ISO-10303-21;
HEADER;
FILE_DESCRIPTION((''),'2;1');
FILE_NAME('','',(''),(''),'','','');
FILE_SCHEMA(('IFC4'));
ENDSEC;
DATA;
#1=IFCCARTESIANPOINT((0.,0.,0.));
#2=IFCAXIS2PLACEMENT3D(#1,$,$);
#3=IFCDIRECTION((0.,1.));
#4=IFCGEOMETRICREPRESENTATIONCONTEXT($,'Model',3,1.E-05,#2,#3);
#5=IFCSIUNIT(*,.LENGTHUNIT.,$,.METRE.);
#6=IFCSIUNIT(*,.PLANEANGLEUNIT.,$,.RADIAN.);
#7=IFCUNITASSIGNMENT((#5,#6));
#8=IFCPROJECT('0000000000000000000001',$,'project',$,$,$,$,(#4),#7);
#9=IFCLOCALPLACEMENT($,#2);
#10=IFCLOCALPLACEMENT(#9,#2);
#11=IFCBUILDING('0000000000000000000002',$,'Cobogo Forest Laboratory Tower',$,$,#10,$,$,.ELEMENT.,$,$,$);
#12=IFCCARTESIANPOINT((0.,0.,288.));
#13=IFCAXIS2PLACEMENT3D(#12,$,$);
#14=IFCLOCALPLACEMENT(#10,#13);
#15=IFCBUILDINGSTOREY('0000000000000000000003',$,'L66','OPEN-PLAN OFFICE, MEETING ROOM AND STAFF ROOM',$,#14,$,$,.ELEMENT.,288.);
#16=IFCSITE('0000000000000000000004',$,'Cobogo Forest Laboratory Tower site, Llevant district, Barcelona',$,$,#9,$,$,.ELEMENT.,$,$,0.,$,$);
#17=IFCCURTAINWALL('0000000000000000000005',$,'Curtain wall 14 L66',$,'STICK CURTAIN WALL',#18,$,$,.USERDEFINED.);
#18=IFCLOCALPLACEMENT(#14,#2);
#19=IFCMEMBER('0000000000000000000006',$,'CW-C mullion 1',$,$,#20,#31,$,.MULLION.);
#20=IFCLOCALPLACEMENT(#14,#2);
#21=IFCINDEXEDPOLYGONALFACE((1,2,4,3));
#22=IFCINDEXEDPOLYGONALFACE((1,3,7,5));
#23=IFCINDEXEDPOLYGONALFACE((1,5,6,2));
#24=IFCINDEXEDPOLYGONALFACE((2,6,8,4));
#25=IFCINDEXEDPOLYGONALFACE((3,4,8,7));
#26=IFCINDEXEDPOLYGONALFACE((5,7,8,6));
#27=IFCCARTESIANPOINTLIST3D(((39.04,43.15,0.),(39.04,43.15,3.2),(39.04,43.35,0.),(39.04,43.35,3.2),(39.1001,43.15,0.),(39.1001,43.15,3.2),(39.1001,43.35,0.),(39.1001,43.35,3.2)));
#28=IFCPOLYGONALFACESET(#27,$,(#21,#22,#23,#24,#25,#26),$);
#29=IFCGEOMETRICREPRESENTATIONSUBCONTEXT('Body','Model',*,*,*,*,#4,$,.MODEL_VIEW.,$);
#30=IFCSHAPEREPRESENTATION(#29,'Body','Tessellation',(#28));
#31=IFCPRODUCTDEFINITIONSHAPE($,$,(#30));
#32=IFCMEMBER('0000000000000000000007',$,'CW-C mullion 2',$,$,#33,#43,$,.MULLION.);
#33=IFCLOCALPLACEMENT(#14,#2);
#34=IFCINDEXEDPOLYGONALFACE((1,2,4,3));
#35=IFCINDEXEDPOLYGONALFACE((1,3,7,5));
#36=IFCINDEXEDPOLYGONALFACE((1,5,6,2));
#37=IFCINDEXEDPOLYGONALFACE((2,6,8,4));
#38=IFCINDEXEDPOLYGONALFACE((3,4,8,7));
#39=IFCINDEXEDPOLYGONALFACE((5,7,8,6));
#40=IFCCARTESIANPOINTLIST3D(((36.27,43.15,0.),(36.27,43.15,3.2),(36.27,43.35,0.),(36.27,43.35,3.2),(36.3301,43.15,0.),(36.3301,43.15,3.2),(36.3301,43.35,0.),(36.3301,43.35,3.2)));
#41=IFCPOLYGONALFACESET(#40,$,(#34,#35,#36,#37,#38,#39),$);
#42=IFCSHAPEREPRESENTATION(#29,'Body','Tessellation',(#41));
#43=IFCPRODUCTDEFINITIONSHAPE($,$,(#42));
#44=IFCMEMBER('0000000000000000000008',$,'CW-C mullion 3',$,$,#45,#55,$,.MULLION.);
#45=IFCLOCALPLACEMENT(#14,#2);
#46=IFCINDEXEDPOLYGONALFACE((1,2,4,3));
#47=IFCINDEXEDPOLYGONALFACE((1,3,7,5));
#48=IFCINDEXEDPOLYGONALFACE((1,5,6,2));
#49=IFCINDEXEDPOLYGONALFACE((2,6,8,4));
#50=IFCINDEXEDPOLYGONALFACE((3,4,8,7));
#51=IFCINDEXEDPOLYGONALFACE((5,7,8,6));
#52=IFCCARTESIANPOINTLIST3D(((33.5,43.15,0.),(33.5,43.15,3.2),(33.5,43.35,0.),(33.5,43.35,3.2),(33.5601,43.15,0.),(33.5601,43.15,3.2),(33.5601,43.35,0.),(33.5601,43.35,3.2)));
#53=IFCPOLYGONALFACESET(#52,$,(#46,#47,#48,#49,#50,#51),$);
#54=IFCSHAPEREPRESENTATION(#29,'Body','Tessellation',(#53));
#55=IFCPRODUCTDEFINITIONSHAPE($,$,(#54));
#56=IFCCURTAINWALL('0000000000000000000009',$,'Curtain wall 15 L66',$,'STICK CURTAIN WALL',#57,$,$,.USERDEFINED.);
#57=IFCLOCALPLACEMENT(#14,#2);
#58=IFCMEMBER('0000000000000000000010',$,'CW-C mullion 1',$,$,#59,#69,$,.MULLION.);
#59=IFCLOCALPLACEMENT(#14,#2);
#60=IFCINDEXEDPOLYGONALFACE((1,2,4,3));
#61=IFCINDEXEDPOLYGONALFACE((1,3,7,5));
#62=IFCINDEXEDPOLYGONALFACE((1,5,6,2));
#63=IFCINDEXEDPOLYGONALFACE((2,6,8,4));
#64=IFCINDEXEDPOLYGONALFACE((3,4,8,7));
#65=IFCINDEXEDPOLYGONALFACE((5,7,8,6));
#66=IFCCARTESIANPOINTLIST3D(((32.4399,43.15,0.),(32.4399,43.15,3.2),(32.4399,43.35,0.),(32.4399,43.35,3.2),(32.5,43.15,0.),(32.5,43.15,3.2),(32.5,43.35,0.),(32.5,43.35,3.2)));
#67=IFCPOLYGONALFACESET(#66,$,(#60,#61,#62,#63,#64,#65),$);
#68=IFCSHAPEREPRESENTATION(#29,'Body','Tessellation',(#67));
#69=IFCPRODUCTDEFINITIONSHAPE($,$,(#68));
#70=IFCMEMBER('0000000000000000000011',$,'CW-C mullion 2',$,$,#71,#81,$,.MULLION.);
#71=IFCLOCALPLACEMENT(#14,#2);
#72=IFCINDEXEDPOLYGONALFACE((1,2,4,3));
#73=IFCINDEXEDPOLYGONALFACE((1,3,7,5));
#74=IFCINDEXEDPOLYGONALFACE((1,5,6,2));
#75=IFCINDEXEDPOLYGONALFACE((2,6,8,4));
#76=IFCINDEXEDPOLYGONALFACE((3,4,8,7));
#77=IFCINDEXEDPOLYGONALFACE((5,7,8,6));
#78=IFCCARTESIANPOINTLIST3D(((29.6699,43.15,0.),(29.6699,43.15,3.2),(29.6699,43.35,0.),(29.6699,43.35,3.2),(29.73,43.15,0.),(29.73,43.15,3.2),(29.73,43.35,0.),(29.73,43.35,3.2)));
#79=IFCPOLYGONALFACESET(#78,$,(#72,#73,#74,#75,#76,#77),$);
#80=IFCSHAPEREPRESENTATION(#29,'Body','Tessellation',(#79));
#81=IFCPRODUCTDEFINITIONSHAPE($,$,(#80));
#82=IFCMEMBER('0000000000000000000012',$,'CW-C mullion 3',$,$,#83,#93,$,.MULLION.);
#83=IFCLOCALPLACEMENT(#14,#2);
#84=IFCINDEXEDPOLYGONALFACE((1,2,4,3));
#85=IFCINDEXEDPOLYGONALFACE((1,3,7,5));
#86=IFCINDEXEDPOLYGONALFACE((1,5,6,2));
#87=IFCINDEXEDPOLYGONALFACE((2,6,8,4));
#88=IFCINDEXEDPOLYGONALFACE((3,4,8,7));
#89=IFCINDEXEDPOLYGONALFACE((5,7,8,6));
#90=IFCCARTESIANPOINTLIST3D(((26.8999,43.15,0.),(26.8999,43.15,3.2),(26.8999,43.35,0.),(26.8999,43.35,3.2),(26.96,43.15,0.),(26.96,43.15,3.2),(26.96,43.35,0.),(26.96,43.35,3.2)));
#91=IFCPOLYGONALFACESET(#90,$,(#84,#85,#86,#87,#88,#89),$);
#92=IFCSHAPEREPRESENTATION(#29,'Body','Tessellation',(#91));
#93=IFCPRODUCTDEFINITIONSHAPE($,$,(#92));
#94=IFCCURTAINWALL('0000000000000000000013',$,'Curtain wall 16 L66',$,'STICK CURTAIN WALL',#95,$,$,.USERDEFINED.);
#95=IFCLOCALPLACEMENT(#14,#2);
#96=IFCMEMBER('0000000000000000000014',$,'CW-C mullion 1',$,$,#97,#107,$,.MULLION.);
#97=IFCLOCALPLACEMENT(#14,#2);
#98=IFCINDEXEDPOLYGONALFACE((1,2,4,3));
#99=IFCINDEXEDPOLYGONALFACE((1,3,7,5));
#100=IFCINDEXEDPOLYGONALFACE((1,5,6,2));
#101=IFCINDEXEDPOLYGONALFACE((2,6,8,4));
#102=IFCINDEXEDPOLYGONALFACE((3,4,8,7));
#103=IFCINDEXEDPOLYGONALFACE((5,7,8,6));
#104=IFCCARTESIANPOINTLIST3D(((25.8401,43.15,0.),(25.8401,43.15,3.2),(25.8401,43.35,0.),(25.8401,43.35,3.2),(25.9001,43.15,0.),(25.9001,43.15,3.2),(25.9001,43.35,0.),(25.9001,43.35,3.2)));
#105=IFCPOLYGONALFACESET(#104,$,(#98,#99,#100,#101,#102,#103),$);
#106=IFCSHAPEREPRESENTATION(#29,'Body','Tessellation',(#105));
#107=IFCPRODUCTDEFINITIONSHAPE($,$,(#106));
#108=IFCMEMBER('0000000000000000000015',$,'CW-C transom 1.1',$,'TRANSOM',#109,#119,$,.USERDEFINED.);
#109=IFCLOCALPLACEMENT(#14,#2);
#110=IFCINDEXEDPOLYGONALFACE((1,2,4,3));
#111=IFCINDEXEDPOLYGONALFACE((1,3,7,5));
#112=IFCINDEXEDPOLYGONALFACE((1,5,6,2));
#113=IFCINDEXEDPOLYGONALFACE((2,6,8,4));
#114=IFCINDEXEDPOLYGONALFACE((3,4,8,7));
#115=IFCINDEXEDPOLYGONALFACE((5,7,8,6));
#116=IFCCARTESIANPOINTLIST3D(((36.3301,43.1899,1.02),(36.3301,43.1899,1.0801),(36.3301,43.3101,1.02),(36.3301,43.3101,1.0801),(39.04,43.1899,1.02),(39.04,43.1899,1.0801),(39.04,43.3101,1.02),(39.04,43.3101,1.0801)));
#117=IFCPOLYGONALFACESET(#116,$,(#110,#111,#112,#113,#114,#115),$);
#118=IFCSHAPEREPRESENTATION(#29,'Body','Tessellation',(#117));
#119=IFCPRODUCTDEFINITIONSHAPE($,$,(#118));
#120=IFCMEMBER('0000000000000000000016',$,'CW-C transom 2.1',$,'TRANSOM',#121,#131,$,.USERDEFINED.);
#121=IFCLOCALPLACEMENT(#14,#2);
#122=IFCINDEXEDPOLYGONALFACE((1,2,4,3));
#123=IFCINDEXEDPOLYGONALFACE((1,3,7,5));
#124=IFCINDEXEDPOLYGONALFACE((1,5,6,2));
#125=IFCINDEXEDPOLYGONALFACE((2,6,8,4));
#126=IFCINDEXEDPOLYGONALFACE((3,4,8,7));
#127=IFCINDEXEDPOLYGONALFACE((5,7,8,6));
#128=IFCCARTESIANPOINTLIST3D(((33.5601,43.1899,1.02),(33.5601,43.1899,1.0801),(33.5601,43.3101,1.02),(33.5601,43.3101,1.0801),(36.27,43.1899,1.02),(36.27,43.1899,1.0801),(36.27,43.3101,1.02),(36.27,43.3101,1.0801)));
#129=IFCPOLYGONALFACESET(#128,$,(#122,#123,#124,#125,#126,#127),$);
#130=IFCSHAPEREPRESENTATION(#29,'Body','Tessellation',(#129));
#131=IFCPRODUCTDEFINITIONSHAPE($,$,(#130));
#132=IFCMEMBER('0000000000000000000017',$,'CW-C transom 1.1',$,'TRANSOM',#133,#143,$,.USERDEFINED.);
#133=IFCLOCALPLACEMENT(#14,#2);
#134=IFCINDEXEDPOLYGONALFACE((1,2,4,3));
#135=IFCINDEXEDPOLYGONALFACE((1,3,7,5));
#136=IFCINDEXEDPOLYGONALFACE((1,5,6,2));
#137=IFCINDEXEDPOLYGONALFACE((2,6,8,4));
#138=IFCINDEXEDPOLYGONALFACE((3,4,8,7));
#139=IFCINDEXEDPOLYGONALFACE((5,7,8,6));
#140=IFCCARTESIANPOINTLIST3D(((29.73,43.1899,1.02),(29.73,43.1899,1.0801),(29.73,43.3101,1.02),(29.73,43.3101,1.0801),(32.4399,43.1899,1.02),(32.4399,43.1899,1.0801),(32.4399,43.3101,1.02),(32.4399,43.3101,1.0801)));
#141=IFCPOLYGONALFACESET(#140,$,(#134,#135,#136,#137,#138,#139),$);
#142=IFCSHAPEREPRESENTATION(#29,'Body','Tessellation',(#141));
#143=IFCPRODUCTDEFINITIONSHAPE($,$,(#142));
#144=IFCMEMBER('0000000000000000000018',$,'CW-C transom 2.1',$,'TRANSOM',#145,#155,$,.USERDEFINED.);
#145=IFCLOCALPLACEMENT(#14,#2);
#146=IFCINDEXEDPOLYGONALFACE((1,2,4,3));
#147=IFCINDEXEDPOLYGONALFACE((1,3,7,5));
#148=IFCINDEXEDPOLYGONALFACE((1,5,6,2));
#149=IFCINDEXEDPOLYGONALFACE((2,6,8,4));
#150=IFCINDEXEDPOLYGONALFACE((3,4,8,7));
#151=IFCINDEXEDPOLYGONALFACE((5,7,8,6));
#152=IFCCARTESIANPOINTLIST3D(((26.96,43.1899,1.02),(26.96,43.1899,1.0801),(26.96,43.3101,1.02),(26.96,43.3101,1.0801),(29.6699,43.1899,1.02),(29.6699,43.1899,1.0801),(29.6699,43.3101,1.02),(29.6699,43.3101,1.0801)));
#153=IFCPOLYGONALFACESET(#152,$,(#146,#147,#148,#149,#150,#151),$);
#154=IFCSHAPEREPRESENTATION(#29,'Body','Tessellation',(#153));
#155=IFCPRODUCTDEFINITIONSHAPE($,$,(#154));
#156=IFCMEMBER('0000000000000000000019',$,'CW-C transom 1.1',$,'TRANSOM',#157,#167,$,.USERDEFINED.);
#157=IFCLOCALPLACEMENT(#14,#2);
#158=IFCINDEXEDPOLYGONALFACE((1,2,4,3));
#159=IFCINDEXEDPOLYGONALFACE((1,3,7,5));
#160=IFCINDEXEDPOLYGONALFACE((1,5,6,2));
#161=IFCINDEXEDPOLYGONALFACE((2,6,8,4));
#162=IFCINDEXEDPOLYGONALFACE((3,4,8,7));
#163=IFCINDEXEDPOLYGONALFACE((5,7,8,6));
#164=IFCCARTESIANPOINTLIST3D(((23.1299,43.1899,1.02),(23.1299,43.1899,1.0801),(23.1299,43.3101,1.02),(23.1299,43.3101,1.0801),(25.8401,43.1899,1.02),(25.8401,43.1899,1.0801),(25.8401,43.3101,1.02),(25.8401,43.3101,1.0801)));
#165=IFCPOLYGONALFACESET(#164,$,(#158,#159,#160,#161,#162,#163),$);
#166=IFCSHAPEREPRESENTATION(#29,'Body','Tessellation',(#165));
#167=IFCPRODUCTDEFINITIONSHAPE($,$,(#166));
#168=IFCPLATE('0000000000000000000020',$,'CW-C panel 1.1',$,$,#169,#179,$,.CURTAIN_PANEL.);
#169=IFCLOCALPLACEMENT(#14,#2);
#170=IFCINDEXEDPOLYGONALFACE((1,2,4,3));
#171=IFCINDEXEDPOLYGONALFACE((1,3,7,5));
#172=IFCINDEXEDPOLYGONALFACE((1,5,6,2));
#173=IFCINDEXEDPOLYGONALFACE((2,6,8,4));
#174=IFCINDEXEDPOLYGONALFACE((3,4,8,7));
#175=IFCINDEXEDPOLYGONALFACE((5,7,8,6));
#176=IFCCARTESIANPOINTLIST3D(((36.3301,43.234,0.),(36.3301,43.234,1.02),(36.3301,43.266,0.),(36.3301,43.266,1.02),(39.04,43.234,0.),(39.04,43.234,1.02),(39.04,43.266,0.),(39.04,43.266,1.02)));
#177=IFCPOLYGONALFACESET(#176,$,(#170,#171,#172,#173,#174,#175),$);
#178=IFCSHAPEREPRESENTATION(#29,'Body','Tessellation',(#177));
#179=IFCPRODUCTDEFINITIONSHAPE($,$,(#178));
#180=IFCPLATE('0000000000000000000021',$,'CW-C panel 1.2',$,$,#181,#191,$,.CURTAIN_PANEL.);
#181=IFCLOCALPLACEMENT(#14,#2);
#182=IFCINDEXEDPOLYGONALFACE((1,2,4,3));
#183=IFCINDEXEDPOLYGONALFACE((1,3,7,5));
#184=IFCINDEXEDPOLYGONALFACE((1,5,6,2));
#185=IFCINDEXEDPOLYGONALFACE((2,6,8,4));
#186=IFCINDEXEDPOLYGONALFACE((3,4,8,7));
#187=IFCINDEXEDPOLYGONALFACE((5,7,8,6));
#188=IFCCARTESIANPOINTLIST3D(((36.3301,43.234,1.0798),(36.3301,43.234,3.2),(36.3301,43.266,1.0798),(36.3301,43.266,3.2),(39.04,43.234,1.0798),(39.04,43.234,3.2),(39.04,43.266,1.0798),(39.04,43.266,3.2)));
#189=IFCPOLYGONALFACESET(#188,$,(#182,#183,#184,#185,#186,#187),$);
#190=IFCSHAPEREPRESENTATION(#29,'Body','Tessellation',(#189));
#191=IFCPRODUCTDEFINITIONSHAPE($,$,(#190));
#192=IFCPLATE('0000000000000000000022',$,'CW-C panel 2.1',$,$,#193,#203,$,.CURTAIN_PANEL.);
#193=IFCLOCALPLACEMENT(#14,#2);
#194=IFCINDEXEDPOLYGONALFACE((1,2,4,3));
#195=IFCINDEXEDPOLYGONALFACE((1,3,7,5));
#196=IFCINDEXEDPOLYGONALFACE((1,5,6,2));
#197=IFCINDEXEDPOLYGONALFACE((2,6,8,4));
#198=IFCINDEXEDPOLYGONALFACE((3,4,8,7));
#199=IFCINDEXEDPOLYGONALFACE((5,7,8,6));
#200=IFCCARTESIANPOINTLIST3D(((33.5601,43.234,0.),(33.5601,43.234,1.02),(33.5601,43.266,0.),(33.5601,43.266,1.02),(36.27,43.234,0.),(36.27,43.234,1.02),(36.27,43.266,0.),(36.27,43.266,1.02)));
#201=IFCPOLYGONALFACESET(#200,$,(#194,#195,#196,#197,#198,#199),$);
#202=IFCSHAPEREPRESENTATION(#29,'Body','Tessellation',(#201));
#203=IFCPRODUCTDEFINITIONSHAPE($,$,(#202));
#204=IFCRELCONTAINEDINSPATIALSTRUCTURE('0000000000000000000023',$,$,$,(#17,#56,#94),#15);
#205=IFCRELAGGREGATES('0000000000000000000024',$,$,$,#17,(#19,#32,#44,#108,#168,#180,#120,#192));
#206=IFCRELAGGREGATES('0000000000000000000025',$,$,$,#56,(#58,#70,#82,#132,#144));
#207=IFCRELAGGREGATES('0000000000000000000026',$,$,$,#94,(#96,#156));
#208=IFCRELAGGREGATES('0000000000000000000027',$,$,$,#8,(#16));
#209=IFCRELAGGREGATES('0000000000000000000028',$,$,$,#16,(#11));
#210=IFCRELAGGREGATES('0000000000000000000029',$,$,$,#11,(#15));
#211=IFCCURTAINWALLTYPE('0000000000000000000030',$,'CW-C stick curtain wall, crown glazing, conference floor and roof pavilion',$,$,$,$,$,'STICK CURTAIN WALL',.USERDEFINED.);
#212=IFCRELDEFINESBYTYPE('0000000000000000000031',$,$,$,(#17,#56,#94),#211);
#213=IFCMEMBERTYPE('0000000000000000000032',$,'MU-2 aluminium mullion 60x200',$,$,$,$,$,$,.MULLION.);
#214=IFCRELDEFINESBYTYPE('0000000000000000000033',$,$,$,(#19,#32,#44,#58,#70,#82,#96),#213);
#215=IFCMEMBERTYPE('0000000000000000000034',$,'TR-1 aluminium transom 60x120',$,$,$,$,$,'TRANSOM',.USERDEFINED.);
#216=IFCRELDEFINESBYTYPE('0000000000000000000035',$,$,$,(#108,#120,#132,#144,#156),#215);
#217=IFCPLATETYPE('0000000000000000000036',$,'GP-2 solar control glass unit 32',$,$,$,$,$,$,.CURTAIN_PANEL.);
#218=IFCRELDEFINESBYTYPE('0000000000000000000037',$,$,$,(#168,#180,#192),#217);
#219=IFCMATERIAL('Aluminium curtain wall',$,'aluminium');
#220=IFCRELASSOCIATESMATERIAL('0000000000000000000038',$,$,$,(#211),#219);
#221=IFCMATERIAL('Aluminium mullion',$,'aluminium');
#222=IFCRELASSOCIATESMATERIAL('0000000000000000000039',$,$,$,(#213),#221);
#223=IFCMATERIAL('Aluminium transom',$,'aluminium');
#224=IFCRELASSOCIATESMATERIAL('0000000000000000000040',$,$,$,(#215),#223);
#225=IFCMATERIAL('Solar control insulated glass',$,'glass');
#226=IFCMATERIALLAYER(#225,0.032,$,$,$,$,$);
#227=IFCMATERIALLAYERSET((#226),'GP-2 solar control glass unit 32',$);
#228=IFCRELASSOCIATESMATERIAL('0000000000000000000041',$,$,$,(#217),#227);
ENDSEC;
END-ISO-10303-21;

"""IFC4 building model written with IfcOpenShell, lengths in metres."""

from ifc_helpers import new_model, si_unit, direction, frame, origin, origin_2d, place, context, subcontext, project, spatial, rectangle, extrude, material, layer, layer_set, material_profile, profile_set, type_object, element, aggregate, save


model = new_model("IFC4")

# Units and contexts
model_context = context("Model", 3, precision=1e-05, world=origin(), true_north=direction((0.0, 1.0)))
body_context = subcontext(model_context, "Body", "Model", "MODEL_VIEW")
ifc_project = project(units=[si_unit("LENGTHUNIT", "METRE"), si_unit("PLANEANGLEUNIT", "RADIAN")], contexts=[model_context])

# Site, building, storey
site_placement = place(None, origin())
site = spatial("IfcSite", under=ifc_project, at=site_placement, Name="Cobogo Forest Laboratory Tower site, Llevant district, Barcelona", CompositionType="ELEMENT", RefElevation=0.0)
building_placement = place(site_placement, origin())
building = spatial("IfcBuilding", under=site, at=building_placement, Name="Cobogo Forest Laboratory Tower", CompositionType="ELEMENT")
storey_placement = place(building_placement, frame((0.0, 0.0, 288.0)))
storey = spatial("IfcBuildingStorey", under=building, at=storey_placement, Name="L66", Description="OPEN-PLAN OFFICE, MEETING ROOM AND STAFF ROOM", CompositionType="ELEMENT", Elevation=288.0)

# Curtain walls, members
ifc_material_1 = material(Name="Aluminium curtain wall", Category="aluminium")
curtain_wall_type = type_object("IfcCurtainWallType", Name="CW-C stick curtain wall, crown glazing, conference floor and roof pavilion", ElementType="STICK CURTAIN WALL", PredefinedType="USERDEFINED", material=ifc_material_1)
curtain_wall_1_placement = place(storey_placement, origin())
curtain_wall_1 = element("IfcCurtainWall", 1, at=curtain_wall_1_placement, inside=storey, type_object=curtain_wall_type, Name="Curtain wall 14 L66", ObjectType="STICK CURTAIN WALL", PredefinedType="USERDEFINED")
ifc_material_2 = material(Name="Aluminium mullion", Category="aluminium")
ifc_material_profile_1 = material_profile(ifc_material_2, rectangle(XDim=0.0601, YDim=0.2, at=origin_2d()), Name="AL 60x200")
ifc_profile_set_1 = profile_set([ifc_material_profile_1], Name="Aluminium mullion")
member_type_1 = type_object("IfcMemberType", Name="MU-2 aluminium mullion 60x200", PredefinedType="MULLION", material=ifc_profile_set_1)
member_1_placement = place(storey_placement, frame((39.0701, 43.25, 0.0), z_axis=(0.0, 0.0, 1.0), x_axis=(-1.0, 0.0, 0.0)))
member_1 = element("IfcMember", 2, at=member_1_placement, type_object=member_type_1, Name="CW-C mullion 1", PredefinedType="MULLION", context=body_context, shape_type="SweptSolid", body=[
    extrude(rectangle(XDim=0.0601, YDim=0.2, at=origin_2d()), origin(), (0.0, 0.0, 1.0), 3.2),
])
member_2_placement = place(storey_placement, frame((36.3, 43.25, 0.0), z_axis=(0.0, 0.0, 1.0), x_axis=(-1.0, 0.0, 0.0)))
member_2 = element("IfcMember", 3, at=member_2_placement, type_object=member_type_1, Name="CW-C mullion 2", PredefinedType="MULLION", context=body_context, shape_type="SweptSolid", body=[
    extrude(rectangle(XDim=0.0601, YDim=0.2, at=origin_2d()), origin(), (0.0, 0.0, 1.0), 3.2),
])
member_3_placement = place(storey_placement, frame((33.53, 43.25, 0.0), z_axis=(0.0, 0.0, 1.0), x_axis=(-1.0, 0.0, 0.0)))
member_3 = element("IfcMember", 4, at=member_3_placement, type_object=member_type_1, Name="CW-C mullion 3", PredefinedType="MULLION", context=body_context, shape_type="SweptSolid", body=[
    extrude(rectangle(XDim=0.0601, YDim=0.2, at=origin_2d()), origin(), (0.0, 0.0, 1.0), 3.2),
])
curtain_wall_2_placement = place(storey_placement, origin())
curtain_wall_2 = element("IfcCurtainWall", 5, at=curtain_wall_2_placement, inside=storey, type_object=curtain_wall_type, Name="Curtain wall 15 L66", ObjectType="STICK CURTAIN WALL", PredefinedType="USERDEFINED")
member_4_placement = place(storey_placement, frame((32.47, 43.25, 0.0), z_axis=(0.0, 0.0, 1.0), x_axis=(-1.0, 0.0, 0.0)))
member_4 = element("IfcMember", 6, at=member_4_placement, type_object=member_type_1, Name="CW-C mullion 1", PredefinedType="MULLION", context=body_context, shape_type="SweptSolid", body=[
    extrude(rectangle(XDim=0.0601, YDim=0.2, at=origin_2d()), origin(), (0.0, 0.0, 1.0), 3.2),
])
member_5_placement = place(storey_placement, frame((29.7, 43.25, 0.0), z_axis=(0.0, 0.0, 1.0), x_axis=(-1.0, 0.0, 0.0)))
member_5 = element("IfcMember", 7, at=member_5_placement, type_object=member_type_1, Name="CW-C mullion 2", PredefinedType="MULLION", context=body_context, shape_type="SweptSolid", body=[
    extrude(rectangle(XDim=0.0601, YDim=0.2, at=origin_2d()), origin(), (0.0, 0.0, 1.0), 3.2),
])
member_6_placement = place(storey_placement, frame((26.9299, 43.25, 0.0), z_axis=(0.0, 0.0, 1.0), x_axis=(-1.0, 0.0, 0.0)))
member_6 = element("IfcMember", 8, at=member_6_placement, type_object=member_type_1, Name="CW-C mullion 3", PredefinedType="MULLION", context=body_context, shape_type="SweptSolid", body=[
    extrude(rectangle(XDim=0.0601, YDim=0.2, at=origin_2d()), origin(), (0.0, 0.0, 1.0), 3.2),
])

# Curtain wall, member
curtain_wall_3_placement = place(storey_placement, origin())
curtain_wall_3 = element("IfcCurtainWall", 9, at=curtain_wall_3_placement, inside=storey, type_object=curtain_wall_type, Name="Curtain wall 16 L66", ObjectType="STICK CURTAIN WALL", PredefinedType="USERDEFINED")
member_7_placement = place(storey_placement, frame((25.8701, 43.25, 0.0), z_axis=(0.0, 0.0, 1.0), x_axis=(-1.0, 0.0, 0.0)))
member_7 = element("IfcMember", 10, at=member_7_placement, type_object=member_type_1, Name="CW-C mullion 1", PredefinedType="MULLION", context=body_context, shape_type="SweptSolid", body=[
    extrude(rectangle(XDim=0.0601, YDim=0.2, at=origin_2d()), origin(), (0.0, 0.0, 1.0), 3.2),
])

# Members
ifc_material_3 = material(Name="Aluminium transom", Category="aluminium")
ifc_material_profile_2 = material_profile(ifc_material_3, rectangle(XDim=0.1201, YDim=0.0601, at=origin_2d()), Name="AL 60x120")
ifc_profile_set_2 = profile_set([ifc_material_profile_2], Name="Aluminium transom")
member_type_2 = type_object("IfcMemberType", Name="TR-1 aluminium transom 60x120", ElementType="TRANSOM", PredefinedType="USERDEFINED", material=ifc_profile_set_2)
member_8_placement = place(storey_placement, frame((39.04, 43.25, 1.05), z_axis=(-1.0, 0.0, 0.0), x_axis=(0.0, -1.0, 0.0)))
member_8 = element("IfcMember", 11, at=member_8_placement, type_object=member_type_2, Name="CW-C transom 1.1", ObjectType="TRANSOM", PredefinedType="USERDEFINED", context=body_context, shape_type="SweptSolid", body=[
    extrude(rectangle(XDim=0.1201, YDim=0.0601, at=origin_2d()), origin(), (0.0, 0.0, 1.0), 2.71),
])
member_9_placement = place(storey_placement, frame((36.27, 43.25, 1.05), z_axis=(-1.0, 0.0, 0.0), x_axis=(0.0, -1.0, 0.0)))
member_9 = element("IfcMember", 12, at=member_9_placement, type_object=member_type_2, Name="CW-C transom 2.1", ObjectType="TRANSOM", PredefinedType="USERDEFINED", context=body_context, shape_type="SweptSolid", body=[
    extrude(rectangle(XDim=0.1201, YDim=0.0601, at=origin_2d()), origin(), (0.0, 0.0, 1.0), 2.71),
])
member_10_placement = place(storey_placement, frame((32.4399, 43.25, 1.05), z_axis=(-1.0, 0.0, 0.0), x_axis=(0.0, -1.0, 0.0)))
member_10 = element("IfcMember", 13, at=member_10_placement, type_object=member_type_2, Name="CW-C transom 1.1", ObjectType="TRANSOM", PredefinedType="USERDEFINED", context=body_context, shape_type="SweptSolid", body=[
    extrude(rectangle(XDim=0.1201, YDim=0.0601, at=origin_2d()), origin(), (0.0, 0.0, 1.0), 2.71),
])
member_11_placement = place(storey_placement, frame((29.6699, 43.25, 1.05), z_axis=(-1.0, 0.0, 0.0), x_axis=(0.0, -1.0, 0.0)))
member_11 = element("IfcMember", 14, at=member_11_placement, type_object=member_type_2, Name="CW-C transom 2.1", ObjectType="TRANSOM", PredefinedType="USERDEFINED", context=body_context, shape_type="SweptSolid", body=[
    extrude(rectangle(XDim=0.1201, YDim=0.0601, at=origin_2d()), origin(), (0.0, 0.0, 1.0), 2.71),
])
member_12_placement = place(storey_placement, frame((25.8401, 43.25, 1.05), z_axis=(-1.0, 0.0, 0.0), x_axis=(0.0, -1.0, 0.0)))
member_12 = element("IfcMember", 15, at=member_12_placement, type_object=member_type_2, Name="CW-C transom 1.1", ObjectType="TRANSOM", PredefinedType="USERDEFINED", context=body_context, shape_type="SweptSolid", body=[
    extrude(rectangle(XDim=0.1201, YDim=0.0601, at=origin_2d()), origin(), (0.0, 0.0, 1.0), 2.7102),
])

# Plates
ifc_material_4 = material(Name="Solar control insulated glass", Category="glass")
ifc_layer = layer(ifc_material_4, 0.032)
ifc_layer_set = layer_set([ifc_layer], Name="GP-2 solar control glass unit 32")
plate_type = type_object("IfcPlateType", Name="GP-2 solar control glass unit 32", PredefinedType="CURTAIN_PANEL", material=ifc_layer_set)
plate_1_placement = place(storey_placement, frame((37.6851, 43.25, 0.0), z_axis=(0.0, 0.0, 1.0), x_axis=(-1.0, 0.0, 0.0)))
plate_1 = element("IfcPlate", 16, at=plate_1_placement, type_object=plate_type, Name="CW-C panel 1.1", PredefinedType="CURTAIN_PANEL", context=body_context, shape_type="SweptSolid", body=[
    extrude(rectangle(XDim=2.71, YDim=0.032, at=origin_2d()), origin(), (0.0, 0.0, 1.0), 1.02),
])
plate_2_placement = place(storey_placement, frame((37.6851, 43.25, 1.0798), z_axis=(0.0, 0.0, 1.0), x_axis=(-1.0, 0.0, 0.0)))
plate_2 = element("IfcPlate", 17, at=plate_2_placement, type_object=plate_type, Name="CW-C panel 1.2", PredefinedType="CURTAIN_PANEL", context=body_context, shape_type="SweptSolid", body=[
    extrude(rectangle(XDim=2.71, YDim=0.032, at=origin_2d()), origin(), (0.0, 0.0, 1.0), 2.1201),
])
plate_3_placement = place(storey_placement, frame((34.915, 43.25, 0.0), z_axis=(0.0, 0.0, 1.0), x_axis=(-1.0, 0.0, 0.0)))
plate_3 = element("IfcPlate", 18, at=plate_3_placement, type_object=plate_type, Name="CW-C panel 2.1", PredefinedType="CURTAIN_PANEL", context=body_context, shape_type="SweptSolid", body=[
    extrude(rectangle(XDim=2.71, YDim=0.032, at=origin_2d()), origin(), (0.0, 0.0, 1.0), 1.02),
])
aggregate(curtain_wall_1, [member_1, member_2, member_3, member_8, plate_1, plate_2, member_9, plate_3])
aggregate(curtain_wall_2, [member_4, member_5, member_6, member_10, member_11])
aggregate(curtain_wall_3, [member_7, member_12])

save(model, "model.ifc")
